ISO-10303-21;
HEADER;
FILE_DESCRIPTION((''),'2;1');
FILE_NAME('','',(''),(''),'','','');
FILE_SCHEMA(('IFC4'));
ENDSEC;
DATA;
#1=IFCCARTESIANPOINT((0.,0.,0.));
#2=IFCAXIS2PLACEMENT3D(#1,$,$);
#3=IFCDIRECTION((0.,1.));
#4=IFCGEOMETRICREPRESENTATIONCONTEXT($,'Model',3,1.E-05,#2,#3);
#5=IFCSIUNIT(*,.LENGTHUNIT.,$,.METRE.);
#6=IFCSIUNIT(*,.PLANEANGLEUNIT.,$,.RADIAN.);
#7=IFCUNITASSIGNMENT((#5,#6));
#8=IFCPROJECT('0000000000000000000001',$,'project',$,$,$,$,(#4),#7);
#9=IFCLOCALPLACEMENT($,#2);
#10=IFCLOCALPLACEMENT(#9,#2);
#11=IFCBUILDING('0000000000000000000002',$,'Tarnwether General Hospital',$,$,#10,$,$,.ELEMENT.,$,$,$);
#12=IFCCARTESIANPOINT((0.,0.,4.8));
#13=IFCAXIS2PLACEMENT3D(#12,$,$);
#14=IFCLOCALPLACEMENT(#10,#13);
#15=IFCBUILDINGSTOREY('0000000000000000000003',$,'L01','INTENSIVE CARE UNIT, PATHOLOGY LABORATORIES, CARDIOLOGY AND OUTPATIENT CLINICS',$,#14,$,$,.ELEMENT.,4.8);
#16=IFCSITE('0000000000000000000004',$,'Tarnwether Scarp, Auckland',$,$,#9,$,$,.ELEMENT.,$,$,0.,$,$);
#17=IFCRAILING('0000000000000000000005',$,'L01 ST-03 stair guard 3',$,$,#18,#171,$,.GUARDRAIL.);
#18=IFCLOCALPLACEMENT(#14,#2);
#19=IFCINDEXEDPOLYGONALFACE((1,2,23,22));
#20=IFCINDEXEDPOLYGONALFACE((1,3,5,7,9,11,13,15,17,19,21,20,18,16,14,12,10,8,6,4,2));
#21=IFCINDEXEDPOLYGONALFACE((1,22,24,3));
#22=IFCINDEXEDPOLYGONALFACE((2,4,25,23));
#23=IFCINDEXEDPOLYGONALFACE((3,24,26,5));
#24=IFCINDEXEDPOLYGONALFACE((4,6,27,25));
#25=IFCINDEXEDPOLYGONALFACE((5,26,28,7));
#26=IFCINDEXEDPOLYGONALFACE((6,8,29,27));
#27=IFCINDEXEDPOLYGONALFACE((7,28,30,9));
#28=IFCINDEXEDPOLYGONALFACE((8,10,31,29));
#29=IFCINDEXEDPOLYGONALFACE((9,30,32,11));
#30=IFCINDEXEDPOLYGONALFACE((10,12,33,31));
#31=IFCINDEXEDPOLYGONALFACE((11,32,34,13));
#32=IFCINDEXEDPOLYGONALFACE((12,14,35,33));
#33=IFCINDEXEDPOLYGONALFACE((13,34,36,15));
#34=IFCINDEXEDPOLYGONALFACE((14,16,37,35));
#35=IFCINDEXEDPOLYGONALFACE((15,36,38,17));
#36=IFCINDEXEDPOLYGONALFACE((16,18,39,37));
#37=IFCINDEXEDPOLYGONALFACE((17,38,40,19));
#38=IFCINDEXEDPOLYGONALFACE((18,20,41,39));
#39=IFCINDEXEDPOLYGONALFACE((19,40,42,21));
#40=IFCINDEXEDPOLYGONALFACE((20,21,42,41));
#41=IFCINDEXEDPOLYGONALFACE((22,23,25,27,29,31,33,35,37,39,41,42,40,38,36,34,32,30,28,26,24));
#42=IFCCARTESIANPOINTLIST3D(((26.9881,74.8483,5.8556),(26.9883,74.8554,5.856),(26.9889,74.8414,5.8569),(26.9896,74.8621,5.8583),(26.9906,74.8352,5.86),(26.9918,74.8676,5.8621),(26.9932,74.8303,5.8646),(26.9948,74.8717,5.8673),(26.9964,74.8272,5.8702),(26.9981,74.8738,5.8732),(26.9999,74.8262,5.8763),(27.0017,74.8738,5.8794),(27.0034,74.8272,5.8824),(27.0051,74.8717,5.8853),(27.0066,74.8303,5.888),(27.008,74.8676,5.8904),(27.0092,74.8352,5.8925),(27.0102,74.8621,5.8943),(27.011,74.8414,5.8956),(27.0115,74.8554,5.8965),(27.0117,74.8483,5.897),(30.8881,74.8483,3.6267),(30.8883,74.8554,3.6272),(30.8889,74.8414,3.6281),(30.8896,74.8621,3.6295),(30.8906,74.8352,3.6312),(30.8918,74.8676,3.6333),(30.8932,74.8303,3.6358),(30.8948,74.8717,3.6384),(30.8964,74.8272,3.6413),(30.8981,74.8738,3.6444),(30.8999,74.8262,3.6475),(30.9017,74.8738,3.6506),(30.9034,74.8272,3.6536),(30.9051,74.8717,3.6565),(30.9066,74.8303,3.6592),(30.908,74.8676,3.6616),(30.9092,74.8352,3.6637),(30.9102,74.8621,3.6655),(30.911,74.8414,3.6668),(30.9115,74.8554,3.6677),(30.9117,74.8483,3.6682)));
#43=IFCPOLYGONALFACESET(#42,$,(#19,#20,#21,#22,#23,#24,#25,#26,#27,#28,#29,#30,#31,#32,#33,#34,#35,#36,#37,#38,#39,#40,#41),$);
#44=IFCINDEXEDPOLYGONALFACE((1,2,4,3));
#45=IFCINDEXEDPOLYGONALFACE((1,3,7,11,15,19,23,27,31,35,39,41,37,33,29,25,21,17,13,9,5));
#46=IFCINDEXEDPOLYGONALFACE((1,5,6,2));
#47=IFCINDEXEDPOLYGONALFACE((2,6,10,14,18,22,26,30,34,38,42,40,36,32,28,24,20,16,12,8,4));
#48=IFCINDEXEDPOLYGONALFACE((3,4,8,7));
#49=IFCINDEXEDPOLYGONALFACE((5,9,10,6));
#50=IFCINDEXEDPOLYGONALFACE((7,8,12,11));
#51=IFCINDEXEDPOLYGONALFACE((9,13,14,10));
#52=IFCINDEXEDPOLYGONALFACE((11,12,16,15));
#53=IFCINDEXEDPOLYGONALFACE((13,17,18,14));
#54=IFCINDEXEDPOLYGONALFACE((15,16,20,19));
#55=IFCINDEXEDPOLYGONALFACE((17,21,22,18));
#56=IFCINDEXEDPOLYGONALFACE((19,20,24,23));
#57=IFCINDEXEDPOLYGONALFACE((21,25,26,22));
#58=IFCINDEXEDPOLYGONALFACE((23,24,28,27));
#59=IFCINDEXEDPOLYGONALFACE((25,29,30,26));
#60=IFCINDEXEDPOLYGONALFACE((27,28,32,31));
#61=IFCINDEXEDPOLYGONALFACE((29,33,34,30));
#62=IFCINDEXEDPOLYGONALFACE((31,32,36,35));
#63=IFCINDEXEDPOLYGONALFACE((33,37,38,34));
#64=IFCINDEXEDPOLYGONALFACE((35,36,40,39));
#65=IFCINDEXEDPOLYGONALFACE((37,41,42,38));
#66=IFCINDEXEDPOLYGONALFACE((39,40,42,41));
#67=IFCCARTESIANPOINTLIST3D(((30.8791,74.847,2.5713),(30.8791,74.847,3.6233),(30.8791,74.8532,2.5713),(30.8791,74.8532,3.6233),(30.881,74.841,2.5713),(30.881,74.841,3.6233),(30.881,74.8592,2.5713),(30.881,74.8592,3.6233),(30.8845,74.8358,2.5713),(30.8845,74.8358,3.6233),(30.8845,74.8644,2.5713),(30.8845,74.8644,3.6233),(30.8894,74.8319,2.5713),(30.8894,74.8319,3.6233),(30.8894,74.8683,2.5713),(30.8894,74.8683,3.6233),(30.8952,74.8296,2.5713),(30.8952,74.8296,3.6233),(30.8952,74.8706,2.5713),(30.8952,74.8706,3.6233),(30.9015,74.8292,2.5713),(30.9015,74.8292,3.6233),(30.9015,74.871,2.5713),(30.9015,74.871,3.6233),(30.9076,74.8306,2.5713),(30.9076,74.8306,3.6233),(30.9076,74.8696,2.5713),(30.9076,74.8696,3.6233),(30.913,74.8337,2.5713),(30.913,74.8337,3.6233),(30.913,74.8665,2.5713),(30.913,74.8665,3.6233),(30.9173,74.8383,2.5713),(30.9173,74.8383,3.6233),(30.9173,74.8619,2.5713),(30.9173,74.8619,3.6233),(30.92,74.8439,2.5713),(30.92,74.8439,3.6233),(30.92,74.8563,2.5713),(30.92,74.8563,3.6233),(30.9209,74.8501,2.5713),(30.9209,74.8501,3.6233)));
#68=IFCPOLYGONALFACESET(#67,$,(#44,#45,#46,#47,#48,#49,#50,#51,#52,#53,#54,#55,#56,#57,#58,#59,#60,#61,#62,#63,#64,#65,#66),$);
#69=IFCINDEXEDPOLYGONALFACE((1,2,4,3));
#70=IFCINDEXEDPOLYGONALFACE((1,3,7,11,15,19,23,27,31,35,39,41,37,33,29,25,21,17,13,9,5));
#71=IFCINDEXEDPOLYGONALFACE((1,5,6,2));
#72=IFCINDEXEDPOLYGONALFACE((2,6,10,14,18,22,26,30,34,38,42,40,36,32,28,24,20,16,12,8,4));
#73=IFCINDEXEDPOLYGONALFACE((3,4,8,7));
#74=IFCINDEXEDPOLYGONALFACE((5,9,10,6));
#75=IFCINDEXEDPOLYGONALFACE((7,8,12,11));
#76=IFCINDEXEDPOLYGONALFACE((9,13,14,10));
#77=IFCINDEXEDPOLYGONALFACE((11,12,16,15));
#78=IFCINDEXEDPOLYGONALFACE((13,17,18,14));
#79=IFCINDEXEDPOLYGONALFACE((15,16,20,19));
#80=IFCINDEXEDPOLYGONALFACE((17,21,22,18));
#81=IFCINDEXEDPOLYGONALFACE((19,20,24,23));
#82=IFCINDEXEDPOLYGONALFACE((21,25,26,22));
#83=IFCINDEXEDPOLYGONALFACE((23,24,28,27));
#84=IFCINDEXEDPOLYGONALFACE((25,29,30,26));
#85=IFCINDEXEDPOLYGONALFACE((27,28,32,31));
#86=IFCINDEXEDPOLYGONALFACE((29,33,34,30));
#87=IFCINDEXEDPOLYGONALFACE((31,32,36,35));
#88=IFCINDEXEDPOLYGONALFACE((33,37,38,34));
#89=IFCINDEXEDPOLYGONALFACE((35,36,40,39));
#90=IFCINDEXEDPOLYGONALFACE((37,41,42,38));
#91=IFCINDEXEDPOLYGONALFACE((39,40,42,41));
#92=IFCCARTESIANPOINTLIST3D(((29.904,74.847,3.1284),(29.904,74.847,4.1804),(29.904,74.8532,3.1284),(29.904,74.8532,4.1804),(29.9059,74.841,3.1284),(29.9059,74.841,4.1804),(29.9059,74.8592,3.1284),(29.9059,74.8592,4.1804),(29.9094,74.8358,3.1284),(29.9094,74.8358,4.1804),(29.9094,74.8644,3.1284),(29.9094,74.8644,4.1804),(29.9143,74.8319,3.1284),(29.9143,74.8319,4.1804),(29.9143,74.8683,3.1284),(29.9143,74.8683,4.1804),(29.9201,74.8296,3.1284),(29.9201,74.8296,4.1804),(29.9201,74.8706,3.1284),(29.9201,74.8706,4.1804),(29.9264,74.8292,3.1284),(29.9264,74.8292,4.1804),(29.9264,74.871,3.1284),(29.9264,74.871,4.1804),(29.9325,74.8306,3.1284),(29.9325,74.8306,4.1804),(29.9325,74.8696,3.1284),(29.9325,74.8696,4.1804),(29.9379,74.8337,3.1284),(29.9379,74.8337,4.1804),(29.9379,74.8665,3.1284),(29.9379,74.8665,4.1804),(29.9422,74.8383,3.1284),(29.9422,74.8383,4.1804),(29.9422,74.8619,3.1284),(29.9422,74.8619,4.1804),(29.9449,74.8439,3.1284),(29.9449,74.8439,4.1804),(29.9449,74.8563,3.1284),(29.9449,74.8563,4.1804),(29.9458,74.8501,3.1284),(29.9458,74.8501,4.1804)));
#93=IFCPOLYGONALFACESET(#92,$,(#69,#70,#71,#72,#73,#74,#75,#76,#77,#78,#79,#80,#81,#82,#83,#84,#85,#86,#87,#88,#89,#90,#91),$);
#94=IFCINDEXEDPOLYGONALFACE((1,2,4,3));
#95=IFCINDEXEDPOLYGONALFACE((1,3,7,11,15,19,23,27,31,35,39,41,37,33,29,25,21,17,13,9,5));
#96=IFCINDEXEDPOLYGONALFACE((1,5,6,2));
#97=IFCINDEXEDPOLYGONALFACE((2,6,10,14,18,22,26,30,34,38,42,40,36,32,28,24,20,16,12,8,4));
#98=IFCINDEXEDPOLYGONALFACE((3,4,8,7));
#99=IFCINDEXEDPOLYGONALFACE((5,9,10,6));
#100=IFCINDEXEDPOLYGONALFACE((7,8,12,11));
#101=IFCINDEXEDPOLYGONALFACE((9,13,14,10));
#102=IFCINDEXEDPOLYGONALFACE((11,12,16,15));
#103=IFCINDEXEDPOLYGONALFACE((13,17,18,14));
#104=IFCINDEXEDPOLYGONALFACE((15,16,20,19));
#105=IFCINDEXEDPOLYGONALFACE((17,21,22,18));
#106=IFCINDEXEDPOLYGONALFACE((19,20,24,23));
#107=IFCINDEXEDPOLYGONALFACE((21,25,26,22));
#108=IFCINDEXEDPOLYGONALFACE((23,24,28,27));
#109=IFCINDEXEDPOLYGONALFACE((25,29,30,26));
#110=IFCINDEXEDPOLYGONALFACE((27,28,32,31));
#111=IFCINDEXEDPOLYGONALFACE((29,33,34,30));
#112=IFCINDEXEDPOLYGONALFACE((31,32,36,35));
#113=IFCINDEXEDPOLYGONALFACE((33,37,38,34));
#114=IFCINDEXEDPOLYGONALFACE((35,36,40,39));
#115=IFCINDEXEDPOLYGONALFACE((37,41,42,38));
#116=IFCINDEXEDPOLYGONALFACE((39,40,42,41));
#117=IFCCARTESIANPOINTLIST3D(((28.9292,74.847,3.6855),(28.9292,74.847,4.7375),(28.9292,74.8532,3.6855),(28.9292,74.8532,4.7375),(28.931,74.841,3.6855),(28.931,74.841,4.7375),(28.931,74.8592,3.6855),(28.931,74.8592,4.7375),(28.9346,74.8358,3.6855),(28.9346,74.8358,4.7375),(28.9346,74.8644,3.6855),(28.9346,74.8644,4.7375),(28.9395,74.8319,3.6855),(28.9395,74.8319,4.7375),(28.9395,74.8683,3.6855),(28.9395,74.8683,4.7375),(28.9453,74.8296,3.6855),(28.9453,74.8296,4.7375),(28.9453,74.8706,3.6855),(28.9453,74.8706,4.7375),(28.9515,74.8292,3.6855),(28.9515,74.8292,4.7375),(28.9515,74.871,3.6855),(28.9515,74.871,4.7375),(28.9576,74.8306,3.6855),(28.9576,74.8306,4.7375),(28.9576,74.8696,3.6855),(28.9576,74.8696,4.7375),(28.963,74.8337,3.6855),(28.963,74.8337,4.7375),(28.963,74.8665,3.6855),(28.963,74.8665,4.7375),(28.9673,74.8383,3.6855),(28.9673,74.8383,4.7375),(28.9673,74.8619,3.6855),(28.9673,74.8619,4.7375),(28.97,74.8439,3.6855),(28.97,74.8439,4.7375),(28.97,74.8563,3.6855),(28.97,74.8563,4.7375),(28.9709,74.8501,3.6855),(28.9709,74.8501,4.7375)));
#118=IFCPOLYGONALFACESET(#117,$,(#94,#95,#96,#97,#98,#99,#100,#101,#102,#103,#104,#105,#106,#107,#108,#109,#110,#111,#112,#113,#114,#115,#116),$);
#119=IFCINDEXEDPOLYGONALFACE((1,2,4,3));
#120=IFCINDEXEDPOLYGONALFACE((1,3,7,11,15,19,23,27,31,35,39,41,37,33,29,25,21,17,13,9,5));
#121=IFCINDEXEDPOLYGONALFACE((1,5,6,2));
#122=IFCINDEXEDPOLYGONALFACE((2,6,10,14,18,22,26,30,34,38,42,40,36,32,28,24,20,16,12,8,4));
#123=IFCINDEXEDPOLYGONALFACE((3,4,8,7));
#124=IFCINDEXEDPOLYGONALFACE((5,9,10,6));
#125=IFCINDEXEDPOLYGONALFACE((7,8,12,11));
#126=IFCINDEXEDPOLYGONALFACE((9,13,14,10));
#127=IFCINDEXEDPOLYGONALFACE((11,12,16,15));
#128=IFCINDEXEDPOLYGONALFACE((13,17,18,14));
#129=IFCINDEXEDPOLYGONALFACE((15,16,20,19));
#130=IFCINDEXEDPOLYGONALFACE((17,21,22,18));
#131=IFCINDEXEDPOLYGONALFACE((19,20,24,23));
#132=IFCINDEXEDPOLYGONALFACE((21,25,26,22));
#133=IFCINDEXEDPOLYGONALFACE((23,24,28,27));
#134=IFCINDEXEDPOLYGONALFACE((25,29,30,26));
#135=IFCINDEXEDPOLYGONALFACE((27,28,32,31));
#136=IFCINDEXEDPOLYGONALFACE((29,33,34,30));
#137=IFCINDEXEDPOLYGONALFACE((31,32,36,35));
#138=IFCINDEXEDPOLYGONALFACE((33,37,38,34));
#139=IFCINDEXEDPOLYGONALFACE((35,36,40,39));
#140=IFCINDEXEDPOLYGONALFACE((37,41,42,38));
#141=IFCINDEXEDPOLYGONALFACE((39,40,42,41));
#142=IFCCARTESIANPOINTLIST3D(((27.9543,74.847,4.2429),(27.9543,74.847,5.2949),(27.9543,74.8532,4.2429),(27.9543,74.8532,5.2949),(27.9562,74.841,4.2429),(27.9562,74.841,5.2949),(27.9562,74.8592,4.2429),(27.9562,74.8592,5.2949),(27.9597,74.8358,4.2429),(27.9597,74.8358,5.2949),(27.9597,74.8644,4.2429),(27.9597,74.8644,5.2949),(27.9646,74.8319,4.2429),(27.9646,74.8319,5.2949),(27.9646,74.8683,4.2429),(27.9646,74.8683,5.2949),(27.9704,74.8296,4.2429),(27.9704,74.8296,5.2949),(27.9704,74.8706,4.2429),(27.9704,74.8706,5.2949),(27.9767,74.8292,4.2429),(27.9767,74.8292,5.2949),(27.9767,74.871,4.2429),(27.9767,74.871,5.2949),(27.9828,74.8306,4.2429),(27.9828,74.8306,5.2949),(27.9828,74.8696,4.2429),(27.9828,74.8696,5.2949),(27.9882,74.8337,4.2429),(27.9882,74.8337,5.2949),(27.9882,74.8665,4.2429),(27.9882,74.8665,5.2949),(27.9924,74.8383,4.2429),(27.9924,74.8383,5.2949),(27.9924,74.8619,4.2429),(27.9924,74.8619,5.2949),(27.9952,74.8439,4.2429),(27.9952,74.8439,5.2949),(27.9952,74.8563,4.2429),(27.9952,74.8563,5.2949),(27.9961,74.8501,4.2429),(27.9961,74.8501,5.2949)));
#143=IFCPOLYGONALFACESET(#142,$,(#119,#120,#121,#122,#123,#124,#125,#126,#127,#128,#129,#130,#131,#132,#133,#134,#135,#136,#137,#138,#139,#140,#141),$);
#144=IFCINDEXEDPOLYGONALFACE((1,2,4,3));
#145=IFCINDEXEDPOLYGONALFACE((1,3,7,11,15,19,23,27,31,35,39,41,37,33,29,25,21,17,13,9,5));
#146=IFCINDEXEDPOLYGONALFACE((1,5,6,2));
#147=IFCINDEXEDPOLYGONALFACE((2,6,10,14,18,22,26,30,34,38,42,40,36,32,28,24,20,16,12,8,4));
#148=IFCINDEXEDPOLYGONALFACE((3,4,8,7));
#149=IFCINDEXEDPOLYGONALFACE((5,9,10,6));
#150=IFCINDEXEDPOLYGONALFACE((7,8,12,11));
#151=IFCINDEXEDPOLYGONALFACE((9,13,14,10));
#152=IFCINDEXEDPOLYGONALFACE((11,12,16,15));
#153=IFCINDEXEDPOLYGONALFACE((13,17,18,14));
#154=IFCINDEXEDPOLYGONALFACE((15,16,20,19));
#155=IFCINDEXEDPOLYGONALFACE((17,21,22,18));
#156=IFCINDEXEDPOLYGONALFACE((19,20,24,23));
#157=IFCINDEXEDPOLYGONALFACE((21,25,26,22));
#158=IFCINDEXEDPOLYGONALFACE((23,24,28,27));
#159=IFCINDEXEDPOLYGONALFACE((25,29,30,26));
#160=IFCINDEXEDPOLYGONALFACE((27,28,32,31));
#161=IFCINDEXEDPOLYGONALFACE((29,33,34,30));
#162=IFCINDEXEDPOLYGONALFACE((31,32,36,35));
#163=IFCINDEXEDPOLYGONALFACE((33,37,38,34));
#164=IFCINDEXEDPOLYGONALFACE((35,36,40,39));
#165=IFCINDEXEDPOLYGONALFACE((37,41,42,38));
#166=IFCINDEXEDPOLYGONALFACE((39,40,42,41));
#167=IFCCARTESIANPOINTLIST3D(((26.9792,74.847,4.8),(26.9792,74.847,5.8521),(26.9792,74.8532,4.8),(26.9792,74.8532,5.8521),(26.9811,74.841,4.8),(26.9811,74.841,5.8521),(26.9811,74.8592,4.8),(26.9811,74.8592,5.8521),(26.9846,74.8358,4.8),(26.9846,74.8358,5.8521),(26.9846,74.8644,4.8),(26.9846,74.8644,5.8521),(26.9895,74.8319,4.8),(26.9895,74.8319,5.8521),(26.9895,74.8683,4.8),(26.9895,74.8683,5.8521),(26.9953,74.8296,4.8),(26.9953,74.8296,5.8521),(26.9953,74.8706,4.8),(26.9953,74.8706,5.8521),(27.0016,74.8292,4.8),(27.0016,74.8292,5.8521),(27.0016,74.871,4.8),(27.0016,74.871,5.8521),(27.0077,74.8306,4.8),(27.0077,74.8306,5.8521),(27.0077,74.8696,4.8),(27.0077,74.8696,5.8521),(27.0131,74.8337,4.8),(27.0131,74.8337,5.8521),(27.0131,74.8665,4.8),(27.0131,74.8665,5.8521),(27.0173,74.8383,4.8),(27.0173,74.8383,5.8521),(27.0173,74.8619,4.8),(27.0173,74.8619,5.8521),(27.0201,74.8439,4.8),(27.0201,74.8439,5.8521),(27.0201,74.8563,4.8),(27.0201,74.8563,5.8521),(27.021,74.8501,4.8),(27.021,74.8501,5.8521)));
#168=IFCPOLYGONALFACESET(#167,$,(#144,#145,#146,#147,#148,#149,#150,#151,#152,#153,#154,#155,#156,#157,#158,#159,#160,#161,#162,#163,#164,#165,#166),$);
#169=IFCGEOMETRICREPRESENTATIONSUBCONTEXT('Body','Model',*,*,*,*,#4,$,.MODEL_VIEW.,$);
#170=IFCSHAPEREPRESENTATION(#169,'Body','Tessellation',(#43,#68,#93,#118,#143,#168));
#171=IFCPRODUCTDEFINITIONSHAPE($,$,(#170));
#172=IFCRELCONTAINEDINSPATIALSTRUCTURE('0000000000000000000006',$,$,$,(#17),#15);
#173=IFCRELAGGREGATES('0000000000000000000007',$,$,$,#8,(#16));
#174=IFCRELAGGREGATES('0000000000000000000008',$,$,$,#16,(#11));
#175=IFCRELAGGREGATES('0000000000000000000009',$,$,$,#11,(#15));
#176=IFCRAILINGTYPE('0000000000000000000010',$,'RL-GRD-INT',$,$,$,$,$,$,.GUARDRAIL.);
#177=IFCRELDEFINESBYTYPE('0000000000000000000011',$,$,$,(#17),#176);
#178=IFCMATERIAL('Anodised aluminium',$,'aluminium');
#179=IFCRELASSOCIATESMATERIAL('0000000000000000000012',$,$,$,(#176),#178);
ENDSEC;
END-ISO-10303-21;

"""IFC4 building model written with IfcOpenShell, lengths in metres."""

from ifc_helpers import new_model, si_unit, direction, frame, origin, origin_2d, place, context, subcontext, project, spatial, circle, extrude, material, type_object, element, save


model = new_model("IFC4")

# Units and contexts
model_context = context("Model", 3, precision=1e-05, world=origin(), true_north=direction((0.0, 1.0)))
body_context = subcontext(model_context, "Body", "Model", "MODEL_VIEW")
ifc_project = project(units=[si_unit("LENGTHUNIT", "METRE"), si_unit("PLANEANGLEUNIT", "RADIAN")], contexts=[model_context])

# Site, building, storey
site_placement = place(None, origin())
site = spatial("IfcSite", under=ifc_project, at=site_placement, Name="Tarnwether Scarp, Auckland", CompositionType="ELEMENT", RefElevation=0.0)
building_placement = place(site_placement, origin())
building = spatial("IfcBuilding", under=site, at=building_placement, Name="Tarnwether General Hospital", CompositionType="ELEMENT")
storey_placement = place(building_placement, frame((0.0, 0.0, 4.8)))
storey = spatial("IfcBuildingStorey", under=building, at=storey_placement, Name="L01", Description="INTENSIVE CARE UNIT, PATHOLOGY LABORATORIES, CARDIOLOGY AND OUTPATIENT CLINICS", CompositionType="ELEMENT", Elevation=4.8)

# Railing
ifc_material_1 = material(Name="Anodised aluminium", Category="aluminium")
railing_type_1 = type_object("IfcRailingType", Name="RL-GRD-INT", PredefinedType="GUARDRAIL", material=ifc_material_1)
railing_1_placement = place(storey_placement, frame((30.8999, 74.8501, 2.5713)))
element("IfcRailing", 1, at=railing_1_placement, inside=storey, type_object=railing_type_1, Name="L01 ST-03 stair guard 3", PredefinedType="GUARDRAIL", context=body_context, shape_type="SweptSolid", body=[
    extrude(circle(Radius=0.0239, at=origin_2d()), frame((0.0, 0.0, 1.0762), z_axis=(-0.86822, 0.0, 0.49618), x_axis=(0.0, -1.0, 0.0)), (0.0, 0.0, 1.0), 4.4919),
    extrude(circle(Radius=0.021, at=origin_2d()), origin(), (0.0, 0.0, 1.0), 1.052),
    extrude(circle(Radius=0.021, at=origin_2d()), frame((-0.9751, 0.0, 0.5571)), (0.0, 0.0, 1.0), 1.052),
    extrude(circle(Radius=0.021, at=origin_2d()), frame((-1.95, 0.0, 1.1143)), (0.0, 0.0, 1.0), 1.052),
    extrude(circle(Radius=0.021, at=origin_2d()), frame((-2.9248, 0.0, 1.6716)), (0.0, 0.0, 1.0), 1.052),
    extrude(circle(Radius=0.021, at=origin_2d()), frame((-3.8999, 0.0, 2.2288)), (0.0, 0.0, 1.0), 1.052),
])

save(model, "model.ifc")
